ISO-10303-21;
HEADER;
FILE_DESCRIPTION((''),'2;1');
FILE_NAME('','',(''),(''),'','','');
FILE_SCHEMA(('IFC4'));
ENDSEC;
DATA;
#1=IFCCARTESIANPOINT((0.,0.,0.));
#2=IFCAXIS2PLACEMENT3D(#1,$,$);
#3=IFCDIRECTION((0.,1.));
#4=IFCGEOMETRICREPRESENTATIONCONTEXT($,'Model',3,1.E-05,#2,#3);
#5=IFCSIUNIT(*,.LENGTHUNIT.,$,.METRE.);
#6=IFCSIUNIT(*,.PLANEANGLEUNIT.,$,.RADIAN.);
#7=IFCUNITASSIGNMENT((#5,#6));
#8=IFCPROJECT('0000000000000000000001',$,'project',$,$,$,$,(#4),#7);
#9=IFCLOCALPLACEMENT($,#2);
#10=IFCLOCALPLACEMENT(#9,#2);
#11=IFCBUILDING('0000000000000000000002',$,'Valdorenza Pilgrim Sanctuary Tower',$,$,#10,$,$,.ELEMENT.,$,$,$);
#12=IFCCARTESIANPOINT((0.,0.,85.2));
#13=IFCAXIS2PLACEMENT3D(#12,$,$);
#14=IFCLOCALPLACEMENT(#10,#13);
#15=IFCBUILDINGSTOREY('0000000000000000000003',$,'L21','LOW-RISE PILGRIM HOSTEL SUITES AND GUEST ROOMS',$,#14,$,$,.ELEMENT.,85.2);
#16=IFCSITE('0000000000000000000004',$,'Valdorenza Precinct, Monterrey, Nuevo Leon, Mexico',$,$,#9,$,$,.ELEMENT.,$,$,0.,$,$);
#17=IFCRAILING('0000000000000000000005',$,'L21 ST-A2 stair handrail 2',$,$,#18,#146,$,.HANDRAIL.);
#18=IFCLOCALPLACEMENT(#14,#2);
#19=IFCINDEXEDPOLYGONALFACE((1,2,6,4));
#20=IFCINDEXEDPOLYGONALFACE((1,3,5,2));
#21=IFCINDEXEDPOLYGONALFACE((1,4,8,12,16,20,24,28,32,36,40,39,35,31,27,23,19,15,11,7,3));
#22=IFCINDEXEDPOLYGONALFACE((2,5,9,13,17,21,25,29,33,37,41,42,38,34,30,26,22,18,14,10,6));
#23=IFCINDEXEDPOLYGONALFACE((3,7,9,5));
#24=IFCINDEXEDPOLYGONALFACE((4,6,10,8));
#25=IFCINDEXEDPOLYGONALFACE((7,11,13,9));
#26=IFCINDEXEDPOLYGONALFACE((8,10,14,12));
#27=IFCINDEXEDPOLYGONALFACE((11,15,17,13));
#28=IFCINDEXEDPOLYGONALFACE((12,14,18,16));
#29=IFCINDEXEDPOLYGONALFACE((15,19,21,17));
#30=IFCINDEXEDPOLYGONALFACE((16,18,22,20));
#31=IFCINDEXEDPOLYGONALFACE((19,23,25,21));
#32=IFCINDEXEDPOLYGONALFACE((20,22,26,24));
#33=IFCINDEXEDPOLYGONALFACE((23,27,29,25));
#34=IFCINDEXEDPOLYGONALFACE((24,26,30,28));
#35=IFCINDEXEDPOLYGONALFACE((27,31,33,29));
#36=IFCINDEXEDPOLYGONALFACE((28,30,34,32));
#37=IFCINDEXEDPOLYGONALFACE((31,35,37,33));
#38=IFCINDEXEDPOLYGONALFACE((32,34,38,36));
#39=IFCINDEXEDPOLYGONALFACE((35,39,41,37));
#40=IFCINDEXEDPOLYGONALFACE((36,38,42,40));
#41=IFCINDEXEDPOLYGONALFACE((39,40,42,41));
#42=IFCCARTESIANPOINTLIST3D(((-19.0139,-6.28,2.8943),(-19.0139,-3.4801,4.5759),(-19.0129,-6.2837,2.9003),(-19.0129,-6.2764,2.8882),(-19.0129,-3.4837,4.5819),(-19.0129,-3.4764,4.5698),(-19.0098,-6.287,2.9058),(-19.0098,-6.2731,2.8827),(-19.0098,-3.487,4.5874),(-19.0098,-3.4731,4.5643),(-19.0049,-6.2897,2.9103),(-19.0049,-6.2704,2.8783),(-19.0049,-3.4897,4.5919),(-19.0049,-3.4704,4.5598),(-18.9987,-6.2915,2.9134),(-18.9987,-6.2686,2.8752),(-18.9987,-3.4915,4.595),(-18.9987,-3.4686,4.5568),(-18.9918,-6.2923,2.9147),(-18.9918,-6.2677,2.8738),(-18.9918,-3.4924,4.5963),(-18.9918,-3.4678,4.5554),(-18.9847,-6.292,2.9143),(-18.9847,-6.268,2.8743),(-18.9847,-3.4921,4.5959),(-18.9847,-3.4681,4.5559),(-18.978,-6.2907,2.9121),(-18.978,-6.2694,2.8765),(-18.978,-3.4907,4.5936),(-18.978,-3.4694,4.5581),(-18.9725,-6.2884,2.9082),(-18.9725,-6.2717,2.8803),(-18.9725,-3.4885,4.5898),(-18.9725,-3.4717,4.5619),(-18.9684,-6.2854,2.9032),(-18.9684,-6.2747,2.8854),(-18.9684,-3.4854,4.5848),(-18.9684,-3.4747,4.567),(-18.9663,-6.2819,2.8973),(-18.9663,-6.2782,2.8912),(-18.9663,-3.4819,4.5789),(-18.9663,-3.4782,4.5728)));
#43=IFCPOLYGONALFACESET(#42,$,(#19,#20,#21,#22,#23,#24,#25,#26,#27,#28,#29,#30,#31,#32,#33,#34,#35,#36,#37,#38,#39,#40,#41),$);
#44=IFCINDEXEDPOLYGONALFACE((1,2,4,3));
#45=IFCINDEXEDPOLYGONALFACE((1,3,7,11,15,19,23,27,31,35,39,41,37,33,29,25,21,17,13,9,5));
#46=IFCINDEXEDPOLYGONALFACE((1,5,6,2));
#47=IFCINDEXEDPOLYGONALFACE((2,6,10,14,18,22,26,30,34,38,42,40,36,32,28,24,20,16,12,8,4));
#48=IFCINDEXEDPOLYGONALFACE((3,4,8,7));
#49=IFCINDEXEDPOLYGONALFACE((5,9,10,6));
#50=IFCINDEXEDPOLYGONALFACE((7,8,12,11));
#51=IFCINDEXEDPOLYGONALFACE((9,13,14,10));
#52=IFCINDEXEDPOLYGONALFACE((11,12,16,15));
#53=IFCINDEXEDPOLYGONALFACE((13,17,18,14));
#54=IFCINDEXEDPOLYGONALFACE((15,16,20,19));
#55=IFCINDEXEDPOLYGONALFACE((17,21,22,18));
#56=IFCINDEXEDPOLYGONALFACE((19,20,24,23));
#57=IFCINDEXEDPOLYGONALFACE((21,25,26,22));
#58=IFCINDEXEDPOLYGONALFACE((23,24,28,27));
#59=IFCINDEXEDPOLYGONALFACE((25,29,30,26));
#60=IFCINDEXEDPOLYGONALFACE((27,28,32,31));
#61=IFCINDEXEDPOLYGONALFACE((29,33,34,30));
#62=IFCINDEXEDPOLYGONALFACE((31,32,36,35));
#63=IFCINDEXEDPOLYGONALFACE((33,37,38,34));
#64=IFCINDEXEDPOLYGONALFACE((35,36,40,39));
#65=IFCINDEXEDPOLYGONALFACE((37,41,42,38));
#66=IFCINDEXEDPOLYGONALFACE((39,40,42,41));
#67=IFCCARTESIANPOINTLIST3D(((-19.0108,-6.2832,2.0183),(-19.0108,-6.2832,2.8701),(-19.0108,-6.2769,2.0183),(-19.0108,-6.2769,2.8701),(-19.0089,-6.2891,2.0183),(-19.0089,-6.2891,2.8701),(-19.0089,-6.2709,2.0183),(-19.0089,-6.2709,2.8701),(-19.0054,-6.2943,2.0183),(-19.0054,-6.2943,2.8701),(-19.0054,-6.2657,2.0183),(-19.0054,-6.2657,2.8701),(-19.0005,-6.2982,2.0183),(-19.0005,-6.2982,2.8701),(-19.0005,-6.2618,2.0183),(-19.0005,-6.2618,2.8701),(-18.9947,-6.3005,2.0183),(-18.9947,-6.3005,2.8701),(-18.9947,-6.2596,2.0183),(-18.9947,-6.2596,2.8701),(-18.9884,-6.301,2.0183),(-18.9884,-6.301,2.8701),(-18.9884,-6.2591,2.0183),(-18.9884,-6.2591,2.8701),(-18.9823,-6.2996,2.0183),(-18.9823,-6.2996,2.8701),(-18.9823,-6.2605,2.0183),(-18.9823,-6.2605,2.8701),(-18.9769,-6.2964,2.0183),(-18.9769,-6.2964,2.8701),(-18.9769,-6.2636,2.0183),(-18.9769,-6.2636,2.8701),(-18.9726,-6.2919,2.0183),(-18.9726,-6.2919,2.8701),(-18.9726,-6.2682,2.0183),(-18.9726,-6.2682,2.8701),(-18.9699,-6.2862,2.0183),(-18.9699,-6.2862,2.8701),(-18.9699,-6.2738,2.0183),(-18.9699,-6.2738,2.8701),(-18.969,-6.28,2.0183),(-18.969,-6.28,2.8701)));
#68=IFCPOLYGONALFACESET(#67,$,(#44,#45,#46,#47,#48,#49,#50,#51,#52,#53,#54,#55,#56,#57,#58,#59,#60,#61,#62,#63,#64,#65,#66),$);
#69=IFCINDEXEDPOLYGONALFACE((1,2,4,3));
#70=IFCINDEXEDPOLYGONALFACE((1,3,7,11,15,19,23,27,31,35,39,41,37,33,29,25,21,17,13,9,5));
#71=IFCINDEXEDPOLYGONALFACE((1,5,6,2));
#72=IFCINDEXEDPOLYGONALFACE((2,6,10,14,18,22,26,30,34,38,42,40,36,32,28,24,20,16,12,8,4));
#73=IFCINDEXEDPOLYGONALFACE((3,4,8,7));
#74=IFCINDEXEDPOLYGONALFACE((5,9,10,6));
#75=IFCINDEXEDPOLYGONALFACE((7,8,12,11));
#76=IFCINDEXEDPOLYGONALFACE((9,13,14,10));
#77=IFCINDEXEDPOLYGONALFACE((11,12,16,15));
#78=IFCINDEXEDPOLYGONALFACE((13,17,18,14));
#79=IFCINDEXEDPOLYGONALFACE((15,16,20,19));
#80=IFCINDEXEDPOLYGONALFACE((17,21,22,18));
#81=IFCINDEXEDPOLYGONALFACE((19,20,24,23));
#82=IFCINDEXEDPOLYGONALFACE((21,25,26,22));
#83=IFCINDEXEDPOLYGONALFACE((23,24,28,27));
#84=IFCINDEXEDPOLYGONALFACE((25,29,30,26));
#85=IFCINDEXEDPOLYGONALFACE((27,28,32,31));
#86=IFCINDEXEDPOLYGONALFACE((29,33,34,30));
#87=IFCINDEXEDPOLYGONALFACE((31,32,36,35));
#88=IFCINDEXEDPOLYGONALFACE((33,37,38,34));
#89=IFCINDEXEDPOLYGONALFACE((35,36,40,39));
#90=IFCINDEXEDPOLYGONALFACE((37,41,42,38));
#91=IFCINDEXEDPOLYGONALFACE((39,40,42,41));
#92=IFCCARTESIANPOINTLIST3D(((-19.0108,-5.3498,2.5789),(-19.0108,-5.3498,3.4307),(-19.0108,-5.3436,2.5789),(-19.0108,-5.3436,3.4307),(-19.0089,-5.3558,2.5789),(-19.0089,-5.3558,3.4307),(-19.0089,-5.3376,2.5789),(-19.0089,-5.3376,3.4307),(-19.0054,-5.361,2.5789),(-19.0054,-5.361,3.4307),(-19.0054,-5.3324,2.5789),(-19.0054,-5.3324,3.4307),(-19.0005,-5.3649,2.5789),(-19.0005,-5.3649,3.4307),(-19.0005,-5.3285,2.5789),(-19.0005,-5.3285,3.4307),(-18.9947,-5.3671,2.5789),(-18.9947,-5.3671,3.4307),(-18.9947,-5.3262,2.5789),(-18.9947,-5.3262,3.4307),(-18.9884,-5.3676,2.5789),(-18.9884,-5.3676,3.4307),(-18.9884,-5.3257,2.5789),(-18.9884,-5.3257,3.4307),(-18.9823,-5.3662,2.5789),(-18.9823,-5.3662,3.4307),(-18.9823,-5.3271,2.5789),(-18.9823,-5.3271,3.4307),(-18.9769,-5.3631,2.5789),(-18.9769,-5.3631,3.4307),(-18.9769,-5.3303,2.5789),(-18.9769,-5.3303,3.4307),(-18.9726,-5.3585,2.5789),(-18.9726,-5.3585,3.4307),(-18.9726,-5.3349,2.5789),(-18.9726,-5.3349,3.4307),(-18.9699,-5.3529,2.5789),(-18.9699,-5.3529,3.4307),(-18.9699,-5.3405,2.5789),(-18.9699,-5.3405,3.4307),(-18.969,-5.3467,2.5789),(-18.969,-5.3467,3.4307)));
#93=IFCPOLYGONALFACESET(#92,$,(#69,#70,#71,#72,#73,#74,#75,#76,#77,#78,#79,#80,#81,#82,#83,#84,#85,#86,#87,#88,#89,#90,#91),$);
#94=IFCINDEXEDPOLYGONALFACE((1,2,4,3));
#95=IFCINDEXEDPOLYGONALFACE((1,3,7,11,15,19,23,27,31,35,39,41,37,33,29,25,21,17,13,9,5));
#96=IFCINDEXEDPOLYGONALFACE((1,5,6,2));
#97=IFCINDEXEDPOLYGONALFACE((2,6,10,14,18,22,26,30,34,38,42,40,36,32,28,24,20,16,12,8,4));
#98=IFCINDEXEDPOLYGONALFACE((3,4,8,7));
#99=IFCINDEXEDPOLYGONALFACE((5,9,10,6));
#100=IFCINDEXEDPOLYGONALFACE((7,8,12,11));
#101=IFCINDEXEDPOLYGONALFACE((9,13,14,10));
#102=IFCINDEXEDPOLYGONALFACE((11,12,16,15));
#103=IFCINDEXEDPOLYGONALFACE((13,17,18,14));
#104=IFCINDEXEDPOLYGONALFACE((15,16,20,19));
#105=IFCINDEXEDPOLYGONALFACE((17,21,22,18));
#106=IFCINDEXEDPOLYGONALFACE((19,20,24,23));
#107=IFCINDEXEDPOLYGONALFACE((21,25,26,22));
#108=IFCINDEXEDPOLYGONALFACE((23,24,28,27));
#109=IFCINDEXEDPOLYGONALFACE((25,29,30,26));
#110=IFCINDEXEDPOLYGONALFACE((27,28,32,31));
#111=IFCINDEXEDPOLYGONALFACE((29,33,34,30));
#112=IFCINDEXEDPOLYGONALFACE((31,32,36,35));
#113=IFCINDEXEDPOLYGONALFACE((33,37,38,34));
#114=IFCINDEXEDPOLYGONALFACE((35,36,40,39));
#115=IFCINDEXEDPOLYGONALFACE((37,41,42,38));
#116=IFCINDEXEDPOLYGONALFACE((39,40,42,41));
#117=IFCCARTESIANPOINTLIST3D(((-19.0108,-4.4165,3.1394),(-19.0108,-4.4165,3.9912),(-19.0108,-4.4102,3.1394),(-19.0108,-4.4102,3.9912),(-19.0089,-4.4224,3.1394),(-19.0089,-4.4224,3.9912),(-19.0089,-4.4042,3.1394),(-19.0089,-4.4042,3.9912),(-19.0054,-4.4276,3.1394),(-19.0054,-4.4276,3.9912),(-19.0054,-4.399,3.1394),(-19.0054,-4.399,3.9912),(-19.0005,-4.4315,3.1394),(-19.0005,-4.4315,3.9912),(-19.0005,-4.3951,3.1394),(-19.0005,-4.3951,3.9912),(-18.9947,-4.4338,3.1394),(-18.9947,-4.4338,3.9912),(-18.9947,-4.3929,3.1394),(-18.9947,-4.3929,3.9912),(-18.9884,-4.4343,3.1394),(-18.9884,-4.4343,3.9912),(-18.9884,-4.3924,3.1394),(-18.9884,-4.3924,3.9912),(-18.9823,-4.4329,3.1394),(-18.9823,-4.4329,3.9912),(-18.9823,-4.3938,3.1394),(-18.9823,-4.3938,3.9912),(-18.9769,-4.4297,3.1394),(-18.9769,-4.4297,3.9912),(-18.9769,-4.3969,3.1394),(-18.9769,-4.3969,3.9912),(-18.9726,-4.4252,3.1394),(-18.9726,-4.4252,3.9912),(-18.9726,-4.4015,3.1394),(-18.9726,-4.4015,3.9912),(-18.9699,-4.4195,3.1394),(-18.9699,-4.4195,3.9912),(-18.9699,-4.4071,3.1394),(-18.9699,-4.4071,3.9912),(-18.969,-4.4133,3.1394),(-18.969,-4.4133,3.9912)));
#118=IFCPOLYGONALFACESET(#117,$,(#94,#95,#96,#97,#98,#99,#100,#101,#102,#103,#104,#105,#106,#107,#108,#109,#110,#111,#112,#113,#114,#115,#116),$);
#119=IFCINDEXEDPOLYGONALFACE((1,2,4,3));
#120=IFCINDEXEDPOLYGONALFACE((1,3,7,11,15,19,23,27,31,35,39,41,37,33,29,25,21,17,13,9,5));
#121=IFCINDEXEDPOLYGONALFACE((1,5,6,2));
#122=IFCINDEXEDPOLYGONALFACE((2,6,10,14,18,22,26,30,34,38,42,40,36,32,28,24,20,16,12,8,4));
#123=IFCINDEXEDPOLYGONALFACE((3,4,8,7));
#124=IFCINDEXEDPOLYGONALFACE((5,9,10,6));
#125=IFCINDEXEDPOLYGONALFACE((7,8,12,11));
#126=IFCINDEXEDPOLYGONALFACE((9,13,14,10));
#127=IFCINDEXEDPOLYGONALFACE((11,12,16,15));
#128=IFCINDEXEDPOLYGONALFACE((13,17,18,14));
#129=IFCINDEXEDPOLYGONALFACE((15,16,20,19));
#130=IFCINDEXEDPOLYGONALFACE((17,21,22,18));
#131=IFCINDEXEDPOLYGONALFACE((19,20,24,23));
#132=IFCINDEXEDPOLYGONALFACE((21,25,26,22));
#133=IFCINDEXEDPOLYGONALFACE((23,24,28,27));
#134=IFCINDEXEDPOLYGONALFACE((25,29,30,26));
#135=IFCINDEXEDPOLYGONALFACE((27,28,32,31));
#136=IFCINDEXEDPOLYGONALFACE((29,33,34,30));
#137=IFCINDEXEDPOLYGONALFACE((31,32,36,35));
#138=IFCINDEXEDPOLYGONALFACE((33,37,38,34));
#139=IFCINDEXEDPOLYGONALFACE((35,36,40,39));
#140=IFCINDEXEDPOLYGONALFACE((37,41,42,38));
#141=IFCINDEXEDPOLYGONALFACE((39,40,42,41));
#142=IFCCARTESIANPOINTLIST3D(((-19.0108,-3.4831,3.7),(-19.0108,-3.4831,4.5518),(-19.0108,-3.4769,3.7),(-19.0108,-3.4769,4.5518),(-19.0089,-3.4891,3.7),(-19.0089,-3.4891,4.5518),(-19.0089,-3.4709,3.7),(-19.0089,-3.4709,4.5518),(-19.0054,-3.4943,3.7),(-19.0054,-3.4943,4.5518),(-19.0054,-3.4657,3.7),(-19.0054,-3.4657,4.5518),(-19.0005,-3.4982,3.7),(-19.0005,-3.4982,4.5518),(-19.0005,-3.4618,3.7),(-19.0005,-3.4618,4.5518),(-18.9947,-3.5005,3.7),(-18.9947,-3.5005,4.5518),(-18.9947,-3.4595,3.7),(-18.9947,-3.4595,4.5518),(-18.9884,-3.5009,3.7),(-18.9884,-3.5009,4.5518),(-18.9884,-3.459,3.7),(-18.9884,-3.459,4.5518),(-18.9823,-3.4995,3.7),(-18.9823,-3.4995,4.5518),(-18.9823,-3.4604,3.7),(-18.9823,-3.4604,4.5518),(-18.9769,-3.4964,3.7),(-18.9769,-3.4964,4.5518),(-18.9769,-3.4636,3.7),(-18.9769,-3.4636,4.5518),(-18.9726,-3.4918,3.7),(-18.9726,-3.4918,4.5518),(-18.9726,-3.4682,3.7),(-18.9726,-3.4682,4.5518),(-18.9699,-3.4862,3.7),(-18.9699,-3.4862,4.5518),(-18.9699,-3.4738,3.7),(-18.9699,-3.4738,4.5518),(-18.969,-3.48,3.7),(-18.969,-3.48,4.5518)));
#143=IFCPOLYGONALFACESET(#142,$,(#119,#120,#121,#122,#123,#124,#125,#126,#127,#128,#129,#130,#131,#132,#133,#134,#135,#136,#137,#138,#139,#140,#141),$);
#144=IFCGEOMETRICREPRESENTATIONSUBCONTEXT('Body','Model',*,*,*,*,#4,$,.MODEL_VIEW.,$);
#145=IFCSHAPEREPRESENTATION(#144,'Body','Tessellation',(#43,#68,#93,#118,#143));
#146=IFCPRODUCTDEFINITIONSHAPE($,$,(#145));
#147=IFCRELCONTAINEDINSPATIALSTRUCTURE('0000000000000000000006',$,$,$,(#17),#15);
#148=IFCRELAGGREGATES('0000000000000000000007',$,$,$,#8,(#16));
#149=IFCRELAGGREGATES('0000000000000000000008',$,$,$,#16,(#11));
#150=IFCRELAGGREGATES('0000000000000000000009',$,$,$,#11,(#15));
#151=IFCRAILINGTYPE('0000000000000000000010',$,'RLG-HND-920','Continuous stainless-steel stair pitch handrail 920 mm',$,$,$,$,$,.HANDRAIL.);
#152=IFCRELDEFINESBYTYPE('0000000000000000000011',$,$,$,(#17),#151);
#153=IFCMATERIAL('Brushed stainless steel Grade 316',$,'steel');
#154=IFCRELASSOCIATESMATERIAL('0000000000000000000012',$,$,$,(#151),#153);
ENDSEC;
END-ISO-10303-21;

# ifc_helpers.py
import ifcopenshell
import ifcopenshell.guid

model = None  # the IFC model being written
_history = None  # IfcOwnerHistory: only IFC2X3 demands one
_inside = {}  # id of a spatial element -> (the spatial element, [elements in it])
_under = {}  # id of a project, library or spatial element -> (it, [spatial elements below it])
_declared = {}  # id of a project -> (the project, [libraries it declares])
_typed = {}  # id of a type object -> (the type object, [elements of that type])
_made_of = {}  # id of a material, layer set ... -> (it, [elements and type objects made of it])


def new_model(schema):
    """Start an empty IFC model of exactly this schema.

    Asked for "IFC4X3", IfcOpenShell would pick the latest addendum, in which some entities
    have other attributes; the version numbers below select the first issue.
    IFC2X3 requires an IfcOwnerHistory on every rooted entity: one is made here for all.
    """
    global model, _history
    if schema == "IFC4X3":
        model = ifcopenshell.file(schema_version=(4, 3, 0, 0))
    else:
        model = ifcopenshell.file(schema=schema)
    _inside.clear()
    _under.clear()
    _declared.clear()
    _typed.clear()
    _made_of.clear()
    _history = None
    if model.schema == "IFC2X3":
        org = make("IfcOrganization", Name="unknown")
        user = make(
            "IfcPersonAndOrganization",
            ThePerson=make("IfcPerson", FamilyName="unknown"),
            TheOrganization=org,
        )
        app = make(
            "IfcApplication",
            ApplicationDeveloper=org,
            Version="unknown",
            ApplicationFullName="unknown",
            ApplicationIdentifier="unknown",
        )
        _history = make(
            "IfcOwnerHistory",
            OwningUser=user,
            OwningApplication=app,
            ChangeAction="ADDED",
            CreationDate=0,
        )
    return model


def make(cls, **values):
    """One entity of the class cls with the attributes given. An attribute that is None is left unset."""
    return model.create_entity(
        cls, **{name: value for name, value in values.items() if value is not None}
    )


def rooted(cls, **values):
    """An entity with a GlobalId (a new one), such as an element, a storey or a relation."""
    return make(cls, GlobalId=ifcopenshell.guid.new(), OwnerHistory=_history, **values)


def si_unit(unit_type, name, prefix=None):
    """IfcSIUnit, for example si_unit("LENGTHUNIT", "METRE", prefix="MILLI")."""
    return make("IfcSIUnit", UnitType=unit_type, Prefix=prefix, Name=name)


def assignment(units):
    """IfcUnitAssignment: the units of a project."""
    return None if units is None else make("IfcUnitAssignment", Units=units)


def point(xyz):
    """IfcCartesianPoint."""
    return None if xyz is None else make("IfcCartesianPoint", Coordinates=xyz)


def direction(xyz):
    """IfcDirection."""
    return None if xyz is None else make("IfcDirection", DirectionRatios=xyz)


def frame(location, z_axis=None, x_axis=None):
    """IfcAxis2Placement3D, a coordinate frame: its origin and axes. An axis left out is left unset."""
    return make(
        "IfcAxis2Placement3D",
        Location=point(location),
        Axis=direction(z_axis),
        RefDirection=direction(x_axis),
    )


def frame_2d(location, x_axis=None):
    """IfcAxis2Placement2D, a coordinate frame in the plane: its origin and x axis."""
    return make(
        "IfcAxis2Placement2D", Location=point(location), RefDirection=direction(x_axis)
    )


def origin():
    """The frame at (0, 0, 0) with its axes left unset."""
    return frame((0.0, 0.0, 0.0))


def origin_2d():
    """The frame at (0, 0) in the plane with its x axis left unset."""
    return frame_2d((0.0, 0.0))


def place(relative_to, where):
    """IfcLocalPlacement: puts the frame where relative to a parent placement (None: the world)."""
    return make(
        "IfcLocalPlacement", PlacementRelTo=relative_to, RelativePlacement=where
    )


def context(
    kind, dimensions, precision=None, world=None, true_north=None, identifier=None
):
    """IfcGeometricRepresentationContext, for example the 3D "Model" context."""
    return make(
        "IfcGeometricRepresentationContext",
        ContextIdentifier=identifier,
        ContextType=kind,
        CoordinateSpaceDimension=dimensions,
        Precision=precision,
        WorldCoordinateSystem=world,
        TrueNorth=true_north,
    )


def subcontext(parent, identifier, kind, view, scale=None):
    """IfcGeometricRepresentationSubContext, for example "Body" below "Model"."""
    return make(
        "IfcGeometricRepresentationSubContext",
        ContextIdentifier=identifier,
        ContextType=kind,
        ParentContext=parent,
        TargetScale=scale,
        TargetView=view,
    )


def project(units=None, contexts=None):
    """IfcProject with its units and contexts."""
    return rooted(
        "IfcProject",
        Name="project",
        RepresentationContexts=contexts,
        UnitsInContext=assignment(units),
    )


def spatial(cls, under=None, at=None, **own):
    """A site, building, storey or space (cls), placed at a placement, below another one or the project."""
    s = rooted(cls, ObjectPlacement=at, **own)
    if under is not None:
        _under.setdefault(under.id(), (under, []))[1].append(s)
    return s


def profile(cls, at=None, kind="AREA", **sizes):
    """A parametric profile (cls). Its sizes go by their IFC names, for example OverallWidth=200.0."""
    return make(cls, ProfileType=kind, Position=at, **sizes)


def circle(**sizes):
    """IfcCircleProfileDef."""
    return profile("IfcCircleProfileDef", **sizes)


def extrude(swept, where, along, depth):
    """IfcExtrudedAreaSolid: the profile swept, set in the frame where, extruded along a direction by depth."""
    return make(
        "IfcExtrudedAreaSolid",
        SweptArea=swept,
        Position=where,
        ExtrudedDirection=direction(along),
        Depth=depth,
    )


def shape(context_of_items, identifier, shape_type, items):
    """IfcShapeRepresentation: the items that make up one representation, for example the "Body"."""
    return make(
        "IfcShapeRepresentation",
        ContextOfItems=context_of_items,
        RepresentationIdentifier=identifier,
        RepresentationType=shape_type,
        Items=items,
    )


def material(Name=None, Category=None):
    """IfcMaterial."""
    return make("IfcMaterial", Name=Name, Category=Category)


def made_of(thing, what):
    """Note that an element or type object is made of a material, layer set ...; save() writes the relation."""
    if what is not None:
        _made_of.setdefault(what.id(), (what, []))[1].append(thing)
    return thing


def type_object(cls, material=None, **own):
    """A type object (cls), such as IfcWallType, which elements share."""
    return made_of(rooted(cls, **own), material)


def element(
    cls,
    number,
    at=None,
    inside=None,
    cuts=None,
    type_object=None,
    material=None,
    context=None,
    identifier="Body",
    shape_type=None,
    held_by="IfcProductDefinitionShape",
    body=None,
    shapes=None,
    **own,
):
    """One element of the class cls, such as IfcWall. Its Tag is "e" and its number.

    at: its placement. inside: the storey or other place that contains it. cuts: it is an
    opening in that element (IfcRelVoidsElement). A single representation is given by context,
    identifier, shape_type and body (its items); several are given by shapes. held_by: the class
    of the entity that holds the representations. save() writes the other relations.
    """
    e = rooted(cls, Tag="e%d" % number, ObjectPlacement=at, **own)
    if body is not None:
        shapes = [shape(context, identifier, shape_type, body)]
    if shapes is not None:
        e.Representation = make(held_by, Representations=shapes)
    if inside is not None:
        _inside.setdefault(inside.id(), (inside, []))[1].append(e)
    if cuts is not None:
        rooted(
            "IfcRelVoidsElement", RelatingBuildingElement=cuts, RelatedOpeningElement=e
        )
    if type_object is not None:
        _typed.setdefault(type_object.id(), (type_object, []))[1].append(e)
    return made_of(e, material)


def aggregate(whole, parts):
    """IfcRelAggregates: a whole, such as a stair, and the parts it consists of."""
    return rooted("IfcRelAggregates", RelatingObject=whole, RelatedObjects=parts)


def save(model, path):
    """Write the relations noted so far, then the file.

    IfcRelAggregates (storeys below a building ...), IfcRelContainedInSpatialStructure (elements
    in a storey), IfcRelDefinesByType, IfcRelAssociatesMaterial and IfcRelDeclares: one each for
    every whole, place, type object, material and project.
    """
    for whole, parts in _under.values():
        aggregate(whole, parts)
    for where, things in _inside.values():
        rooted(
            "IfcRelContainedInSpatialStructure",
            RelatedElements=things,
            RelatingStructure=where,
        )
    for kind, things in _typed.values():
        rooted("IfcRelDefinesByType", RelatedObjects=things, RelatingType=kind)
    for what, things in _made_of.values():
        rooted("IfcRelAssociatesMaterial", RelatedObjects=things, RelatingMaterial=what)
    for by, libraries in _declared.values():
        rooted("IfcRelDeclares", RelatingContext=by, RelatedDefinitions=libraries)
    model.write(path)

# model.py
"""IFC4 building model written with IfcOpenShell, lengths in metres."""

from ifc_helpers import new_model, si_unit, direction, frame, origin, origin_2d, place, context, subcontext, project, spatial, circle, extrude, material, type_object, element, save


model = new_model("IFC4")

# Units and contexts
model_context = context("Model", 3, precision=1e-05, world=origin(), true_north=direction((0.0, 1.0)))
body_context = subcontext(model_context, "Body", "Model", "MODEL_VIEW")
ifc_project = project(units=[si_unit("LENGTHUNIT", "METRE"), si_unit("PLANEANGLEUNIT", "RADIAN")], contexts=[model_context])

# Site, building, storey
site_placement = place(None, origin())
site = spatial("IfcSite", under=ifc_project, at=site_placement, Name="Valdorenza Precinct, Monterrey, Nuevo Leon, Mexico", CompositionType="ELEMENT", RefElevation=0.0)
building_placement = place(site_placement, origin())
building = spatial("IfcBuilding", under=site, at=building_placement, Name="Valdorenza Pilgrim Sanctuary Tower", CompositionType="ELEMENT")
storey_placement = place(building_placement, frame((0.0, 0.0, 85.2)))
storey = spatial("IfcBuildingStorey", under=building, at=storey_placement, Name="L21", Description="LOW-RISE PILGRIM HOSTEL SUITES AND GUEST ROOMS", CompositionType="ELEMENT", Elevation=85.2)

# Shared definitions
ifc_material_1 = material(Name="Brushed stainless steel Grade 316", Category="steel")

# Railing
railing_type_1 = type_object("IfcRailingType", Name="RLG-HND-920", Description="Continuous stainless-steel stair pitch handrail 920 mm", PredefinedType="HANDRAIL", material=ifc_material_1)
railing_1_placement = place(storey_placement, frame((-18.99, -6.28, 2.0183)))
element("IfcRailing", 1, at=railing_1_placement, inside=storey, type_object=railing_type_1, Name="L21 ST-A2 stair handrail 2", PredefinedType="HANDRAIL", context=body_context, shape_type="SweptSolid", body=[
    extrude(circle(Radius=0.0239, at=origin_2d()), frame((0.0, 0.0, 0.876), z_axis=(0.0, 0.857275, 0.514858), x_axis=(-1.0, 0.0, 0.0)), (0.0, 0.0, 1.0), 3.2661),
    extrude(circle(Radius=0.021, at=origin_2d()), origin(), (0.0, 0.0, 1.0), 0.8518),
    extrude(circle(Radius=0.021, at=origin_2d()), frame((0.0, 0.9333, 0.5605)), (0.0, 0.0, 1.0), 0.8518),
    extrude(circle(Radius=0.021, at=origin_2d()), frame((0.0, 1.8667, 1.1211)), (0.0, 0.0, 1.0), 0.8518),
    extrude(circle(Radius=0.021, at=origin_2d()), frame((0.0, 2.8, 1.6816)), (0.0, 0.0, 1.0), 0.8518),
])

save(model, "model.ifc")
